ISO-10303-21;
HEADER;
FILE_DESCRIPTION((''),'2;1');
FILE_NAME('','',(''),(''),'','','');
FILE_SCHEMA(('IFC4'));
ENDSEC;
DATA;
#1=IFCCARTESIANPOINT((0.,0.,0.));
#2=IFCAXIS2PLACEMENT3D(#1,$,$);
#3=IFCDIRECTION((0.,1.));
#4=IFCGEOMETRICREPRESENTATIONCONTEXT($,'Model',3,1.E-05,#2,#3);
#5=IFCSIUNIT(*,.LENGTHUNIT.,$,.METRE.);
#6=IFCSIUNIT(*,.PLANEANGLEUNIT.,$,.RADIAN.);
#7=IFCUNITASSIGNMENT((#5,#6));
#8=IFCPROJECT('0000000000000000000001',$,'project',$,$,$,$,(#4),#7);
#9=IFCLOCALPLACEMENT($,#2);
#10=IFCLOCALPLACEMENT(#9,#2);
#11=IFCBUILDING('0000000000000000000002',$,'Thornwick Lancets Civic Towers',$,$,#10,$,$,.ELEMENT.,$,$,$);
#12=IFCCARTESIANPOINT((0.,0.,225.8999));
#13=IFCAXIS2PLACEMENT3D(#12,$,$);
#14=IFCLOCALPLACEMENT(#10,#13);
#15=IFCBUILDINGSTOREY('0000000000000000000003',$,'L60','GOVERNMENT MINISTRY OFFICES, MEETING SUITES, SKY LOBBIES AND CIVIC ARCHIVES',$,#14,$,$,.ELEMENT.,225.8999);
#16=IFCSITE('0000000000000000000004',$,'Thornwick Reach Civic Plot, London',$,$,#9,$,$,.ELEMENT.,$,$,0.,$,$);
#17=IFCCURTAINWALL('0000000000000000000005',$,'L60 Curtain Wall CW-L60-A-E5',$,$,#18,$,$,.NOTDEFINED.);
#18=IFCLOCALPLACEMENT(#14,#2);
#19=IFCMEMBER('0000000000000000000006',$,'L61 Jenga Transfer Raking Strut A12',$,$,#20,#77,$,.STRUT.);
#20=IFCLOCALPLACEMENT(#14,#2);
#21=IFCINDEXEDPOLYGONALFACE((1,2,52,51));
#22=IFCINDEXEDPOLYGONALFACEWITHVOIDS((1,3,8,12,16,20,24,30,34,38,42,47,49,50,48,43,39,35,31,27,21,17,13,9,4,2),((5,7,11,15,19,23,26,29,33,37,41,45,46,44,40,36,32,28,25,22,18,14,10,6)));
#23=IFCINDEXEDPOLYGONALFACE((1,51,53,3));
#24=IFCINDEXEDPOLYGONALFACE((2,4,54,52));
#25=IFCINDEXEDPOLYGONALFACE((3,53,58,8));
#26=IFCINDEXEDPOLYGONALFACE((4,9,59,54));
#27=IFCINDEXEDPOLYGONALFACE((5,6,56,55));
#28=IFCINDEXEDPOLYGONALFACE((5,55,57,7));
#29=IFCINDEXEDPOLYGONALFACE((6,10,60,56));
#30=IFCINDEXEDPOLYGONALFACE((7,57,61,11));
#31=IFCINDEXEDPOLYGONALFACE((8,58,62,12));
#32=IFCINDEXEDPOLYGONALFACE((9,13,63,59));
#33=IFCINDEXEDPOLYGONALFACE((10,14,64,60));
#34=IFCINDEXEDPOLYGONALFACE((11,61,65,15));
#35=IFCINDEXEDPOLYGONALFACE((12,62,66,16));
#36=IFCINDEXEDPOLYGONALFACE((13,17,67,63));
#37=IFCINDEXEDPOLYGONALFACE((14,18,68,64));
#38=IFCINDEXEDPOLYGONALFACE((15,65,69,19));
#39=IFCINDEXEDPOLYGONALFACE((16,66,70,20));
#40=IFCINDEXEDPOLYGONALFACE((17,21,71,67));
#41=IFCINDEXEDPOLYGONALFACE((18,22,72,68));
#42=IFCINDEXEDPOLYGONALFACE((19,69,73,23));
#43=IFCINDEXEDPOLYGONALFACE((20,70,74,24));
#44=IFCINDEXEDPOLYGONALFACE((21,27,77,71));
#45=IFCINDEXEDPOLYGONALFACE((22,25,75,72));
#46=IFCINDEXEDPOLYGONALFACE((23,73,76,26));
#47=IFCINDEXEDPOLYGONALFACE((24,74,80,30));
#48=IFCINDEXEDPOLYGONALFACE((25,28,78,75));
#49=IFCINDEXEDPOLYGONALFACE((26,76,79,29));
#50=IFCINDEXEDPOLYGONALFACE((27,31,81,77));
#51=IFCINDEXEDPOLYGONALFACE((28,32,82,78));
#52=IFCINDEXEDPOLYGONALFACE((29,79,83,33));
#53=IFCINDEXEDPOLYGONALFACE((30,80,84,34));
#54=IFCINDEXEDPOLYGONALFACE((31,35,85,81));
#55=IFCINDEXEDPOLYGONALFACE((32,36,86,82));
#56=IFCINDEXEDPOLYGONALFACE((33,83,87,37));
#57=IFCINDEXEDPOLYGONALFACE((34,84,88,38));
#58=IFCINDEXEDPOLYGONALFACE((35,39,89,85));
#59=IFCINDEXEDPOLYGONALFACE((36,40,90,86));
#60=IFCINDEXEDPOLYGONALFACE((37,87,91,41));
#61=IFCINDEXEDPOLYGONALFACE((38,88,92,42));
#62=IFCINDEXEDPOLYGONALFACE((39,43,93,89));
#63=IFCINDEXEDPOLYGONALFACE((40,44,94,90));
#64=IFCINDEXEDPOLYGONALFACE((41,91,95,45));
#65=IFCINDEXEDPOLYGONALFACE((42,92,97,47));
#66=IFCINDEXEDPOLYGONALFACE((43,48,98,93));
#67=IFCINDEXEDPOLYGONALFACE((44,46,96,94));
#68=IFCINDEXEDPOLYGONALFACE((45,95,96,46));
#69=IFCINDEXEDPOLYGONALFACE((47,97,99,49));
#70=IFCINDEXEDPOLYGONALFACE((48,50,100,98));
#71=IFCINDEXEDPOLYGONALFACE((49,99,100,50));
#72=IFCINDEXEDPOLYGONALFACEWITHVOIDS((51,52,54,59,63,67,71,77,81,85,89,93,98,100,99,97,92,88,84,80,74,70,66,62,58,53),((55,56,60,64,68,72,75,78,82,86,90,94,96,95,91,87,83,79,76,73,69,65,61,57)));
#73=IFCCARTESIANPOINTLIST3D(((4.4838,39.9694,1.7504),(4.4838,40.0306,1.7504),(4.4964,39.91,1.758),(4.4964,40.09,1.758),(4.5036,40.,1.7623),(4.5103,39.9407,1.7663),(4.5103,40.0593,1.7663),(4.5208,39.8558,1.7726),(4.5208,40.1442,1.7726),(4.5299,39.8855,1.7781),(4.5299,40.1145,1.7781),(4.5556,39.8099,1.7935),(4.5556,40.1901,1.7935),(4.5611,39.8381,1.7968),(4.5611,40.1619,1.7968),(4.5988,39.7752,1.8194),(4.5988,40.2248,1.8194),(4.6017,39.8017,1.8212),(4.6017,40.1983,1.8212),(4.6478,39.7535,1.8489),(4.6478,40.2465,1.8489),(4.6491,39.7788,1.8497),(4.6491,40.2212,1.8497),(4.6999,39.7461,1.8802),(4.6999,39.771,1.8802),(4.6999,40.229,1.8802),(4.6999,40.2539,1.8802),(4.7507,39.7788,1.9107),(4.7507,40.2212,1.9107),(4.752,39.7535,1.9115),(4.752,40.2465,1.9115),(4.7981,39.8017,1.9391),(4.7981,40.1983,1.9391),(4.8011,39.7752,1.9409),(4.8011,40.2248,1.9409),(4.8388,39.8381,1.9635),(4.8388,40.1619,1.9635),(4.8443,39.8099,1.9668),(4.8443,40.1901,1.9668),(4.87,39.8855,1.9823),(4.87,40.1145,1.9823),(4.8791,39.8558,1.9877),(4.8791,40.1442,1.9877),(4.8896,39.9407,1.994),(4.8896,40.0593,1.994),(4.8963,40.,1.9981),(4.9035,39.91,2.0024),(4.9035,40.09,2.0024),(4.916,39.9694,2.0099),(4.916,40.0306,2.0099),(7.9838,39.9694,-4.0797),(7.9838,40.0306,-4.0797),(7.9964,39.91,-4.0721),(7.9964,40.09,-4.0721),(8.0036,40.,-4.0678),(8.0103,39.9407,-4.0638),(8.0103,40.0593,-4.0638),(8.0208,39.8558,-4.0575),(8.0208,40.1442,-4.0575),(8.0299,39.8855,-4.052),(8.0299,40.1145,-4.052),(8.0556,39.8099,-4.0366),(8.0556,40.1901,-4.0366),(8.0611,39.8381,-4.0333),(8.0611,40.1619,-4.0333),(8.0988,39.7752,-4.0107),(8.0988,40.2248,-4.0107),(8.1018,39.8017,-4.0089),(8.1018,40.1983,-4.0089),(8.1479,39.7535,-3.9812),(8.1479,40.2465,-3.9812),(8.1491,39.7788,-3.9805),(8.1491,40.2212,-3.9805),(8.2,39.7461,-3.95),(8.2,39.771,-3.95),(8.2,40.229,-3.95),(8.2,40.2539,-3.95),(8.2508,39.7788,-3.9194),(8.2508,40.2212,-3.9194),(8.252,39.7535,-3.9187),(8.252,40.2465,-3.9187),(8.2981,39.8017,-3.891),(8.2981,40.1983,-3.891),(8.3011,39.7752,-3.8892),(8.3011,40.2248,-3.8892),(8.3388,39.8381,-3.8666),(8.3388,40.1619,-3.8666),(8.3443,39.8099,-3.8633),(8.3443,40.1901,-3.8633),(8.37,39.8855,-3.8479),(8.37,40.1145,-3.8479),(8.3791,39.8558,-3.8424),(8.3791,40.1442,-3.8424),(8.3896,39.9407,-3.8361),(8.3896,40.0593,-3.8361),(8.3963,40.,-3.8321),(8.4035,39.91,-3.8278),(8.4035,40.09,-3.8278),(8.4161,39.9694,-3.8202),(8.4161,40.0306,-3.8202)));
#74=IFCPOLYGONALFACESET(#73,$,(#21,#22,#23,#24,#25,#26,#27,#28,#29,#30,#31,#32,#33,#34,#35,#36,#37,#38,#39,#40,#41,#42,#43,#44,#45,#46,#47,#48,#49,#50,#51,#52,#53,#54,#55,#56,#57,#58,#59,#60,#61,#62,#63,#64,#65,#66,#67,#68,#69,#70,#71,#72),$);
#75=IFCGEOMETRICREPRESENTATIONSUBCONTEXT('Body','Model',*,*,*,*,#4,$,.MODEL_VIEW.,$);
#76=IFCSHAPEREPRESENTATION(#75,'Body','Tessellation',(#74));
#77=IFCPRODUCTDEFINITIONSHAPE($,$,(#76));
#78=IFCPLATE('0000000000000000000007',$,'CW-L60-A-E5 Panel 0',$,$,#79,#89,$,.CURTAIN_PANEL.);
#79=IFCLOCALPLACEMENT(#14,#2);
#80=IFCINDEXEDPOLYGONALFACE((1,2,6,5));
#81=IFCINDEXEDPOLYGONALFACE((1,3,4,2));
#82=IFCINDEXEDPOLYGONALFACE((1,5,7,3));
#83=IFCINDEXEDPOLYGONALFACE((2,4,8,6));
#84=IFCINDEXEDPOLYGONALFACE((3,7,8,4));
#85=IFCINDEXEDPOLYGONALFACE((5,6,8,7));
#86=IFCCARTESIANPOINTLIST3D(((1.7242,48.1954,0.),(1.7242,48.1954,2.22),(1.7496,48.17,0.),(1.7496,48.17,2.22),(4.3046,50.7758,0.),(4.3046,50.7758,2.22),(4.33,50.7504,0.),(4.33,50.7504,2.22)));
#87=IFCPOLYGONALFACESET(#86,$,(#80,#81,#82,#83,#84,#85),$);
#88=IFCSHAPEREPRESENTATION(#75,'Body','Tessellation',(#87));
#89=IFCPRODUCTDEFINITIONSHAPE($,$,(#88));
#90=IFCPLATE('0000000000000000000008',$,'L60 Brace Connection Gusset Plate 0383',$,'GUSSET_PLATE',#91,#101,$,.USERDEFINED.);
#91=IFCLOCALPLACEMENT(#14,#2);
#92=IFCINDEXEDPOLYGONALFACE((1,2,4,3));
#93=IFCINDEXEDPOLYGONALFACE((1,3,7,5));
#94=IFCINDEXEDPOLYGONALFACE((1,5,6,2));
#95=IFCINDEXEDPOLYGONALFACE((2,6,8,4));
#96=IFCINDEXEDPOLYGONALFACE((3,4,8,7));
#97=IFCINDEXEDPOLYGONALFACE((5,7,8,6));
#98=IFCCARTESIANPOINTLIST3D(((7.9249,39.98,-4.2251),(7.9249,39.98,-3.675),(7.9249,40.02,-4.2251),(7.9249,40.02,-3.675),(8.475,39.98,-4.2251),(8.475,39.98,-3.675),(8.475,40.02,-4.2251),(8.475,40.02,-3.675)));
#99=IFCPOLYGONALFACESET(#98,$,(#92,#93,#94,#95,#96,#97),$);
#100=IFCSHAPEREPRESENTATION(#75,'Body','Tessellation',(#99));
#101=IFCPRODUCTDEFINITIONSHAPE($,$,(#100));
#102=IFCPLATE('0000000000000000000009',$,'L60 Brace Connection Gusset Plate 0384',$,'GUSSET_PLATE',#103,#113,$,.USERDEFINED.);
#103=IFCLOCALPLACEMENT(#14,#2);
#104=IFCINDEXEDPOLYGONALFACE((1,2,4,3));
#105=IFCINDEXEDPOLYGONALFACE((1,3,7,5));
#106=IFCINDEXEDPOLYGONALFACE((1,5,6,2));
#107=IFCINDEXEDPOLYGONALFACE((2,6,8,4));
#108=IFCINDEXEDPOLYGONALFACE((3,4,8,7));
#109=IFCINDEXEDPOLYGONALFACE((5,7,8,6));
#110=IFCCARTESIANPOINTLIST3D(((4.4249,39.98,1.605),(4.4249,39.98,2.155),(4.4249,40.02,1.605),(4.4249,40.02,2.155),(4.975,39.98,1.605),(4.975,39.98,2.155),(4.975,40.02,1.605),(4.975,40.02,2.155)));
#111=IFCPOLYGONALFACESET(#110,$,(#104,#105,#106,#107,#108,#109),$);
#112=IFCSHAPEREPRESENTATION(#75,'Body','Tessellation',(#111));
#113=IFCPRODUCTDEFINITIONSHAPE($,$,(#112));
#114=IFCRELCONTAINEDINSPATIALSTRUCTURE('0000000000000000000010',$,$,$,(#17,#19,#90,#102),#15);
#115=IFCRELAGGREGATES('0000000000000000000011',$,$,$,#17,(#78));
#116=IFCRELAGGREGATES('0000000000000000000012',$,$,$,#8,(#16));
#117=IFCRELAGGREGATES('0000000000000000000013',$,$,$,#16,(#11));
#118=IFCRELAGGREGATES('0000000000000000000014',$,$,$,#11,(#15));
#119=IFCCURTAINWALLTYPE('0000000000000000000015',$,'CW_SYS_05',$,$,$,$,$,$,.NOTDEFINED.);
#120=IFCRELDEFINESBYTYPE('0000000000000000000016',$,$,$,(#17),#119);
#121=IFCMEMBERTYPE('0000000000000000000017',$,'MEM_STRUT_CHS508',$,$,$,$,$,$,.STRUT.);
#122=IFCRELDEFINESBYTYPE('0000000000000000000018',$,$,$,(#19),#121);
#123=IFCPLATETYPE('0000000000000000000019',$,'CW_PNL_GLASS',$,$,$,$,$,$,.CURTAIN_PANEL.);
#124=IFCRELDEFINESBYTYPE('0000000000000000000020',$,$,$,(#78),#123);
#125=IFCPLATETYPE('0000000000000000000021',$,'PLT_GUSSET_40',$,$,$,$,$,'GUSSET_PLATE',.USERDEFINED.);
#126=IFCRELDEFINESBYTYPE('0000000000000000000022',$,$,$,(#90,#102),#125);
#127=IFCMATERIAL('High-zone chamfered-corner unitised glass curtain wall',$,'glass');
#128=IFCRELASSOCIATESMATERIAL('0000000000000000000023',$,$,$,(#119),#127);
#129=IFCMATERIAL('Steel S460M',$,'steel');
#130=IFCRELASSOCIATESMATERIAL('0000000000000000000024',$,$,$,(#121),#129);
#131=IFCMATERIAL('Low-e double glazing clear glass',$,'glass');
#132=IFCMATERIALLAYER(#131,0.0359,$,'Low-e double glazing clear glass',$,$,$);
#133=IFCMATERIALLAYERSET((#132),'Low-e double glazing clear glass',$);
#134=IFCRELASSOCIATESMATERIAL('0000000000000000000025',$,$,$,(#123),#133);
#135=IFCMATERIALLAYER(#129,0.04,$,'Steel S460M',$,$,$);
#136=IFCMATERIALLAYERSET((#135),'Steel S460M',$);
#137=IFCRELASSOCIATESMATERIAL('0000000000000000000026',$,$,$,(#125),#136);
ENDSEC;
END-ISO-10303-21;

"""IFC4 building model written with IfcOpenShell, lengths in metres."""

from ifc_helpers import new_model, si_unit, direction, frame, origin, origin_2d, place, context, subcontext, project, spatial, rectangle, hollow_circle, extrude, material, layer, layer_set, material_profile, profile_set, type_object, element, aggregate, save


model = new_model("IFC4")

# Units and contexts
model_context = context("Model", 3, precision=1e-05, world=origin(), true_north=direction((0.0, 1.0)))
body_context = subcontext(model_context, "Body", "Model", "MODEL_VIEW")
ifc_project = project(units=[si_unit("LENGTHUNIT", "METRE"), si_unit("PLANEANGLEUNIT", "RADIAN")], contexts=[model_context])

# Site, building, storey
site_placement = place(None, origin())
site = spatial("IfcSite", under=ifc_project, at=site_placement, Name="Thornwick Reach Civic Plot, London", CompositionType="ELEMENT", RefElevation=0.0)
building_placement = place(site_placement, origin())
building = spatial("IfcBuilding", under=site, at=building_placement, Name="Thornwick Lancets Civic Towers", CompositionType="ELEMENT")
storey_placement = place(building_placement, frame((0.0, 0.0, 225.8999)))
storey = spatial("IfcBuildingStorey", under=building, at=storey_placement, Name="L60", Description="GOVERNMENT MINISTRY OFFICES, MEETING SUITES, SKY LOBBIES AND CIVIC ARCHIVES", CompositionType="ELEMENT", Elevation=225.8999)

# Curtain wall
ifc_material_1 = material(Name="High-zone chamfered-corner unitised glass curtain wall", Category="glass")
curtain_wall_type = type_object("IfcCurtainWallType", Name="CW_SYS_05", PredefinedType="NOTDEFINED", material=ifc_material_1)
curtain_wall_placement = place(storey_placement, origin())
curtain_wall = element("IfcCurtainWall", 1, at=curtain_wall_placement, inside=storey, type_object=curtain_wall_type, Name="L60 Curtain Wall CW-L60-A-E5", PredefinedType="NOTDEFINED")

# Member
ifc_material_2 = material(Name="Steel S460M", Category="steel")
ifc_material_profile_1 = material_profile(ifc_material_2, hollow_circle(Radius=0.2539, WallThickness=0.0249, at=origin_2d()), Name="CHS 508x25")
ifc_profile_set_1 = profile_set([ifc_material_profile_1], Name="Steel S460M")
member_type_1 = type_object("IfcMemberType", Name="MEM_STRUT_CHS508", PredefinedType="STRUT", material=ifc_profile_set_1)
member_1_placement = place(storey_placement, frame((8.2, 40.0, -3.95), z_axis=(-0.514707, 0.0, 0.857366), x_axis=(0.0, -1.0, 0.0)))
element("IfcMember", 2, at=member_1_placement, inside=storey, type_object=member_type_1, Name="L61 Jenga Transfer Raking Strut A12", PredefinedType="STRUT", context=body_context, shape_type="SweptSolid", body=[
    extrude(hollow_circle(Radius=0.2539, WallThickness=0.0249, at=origin_2d()), origin(), (0.0, 0.0, 1.0), 6.8),
])

# Plate
ifc_material_3 = material(Name="Low-e double glazing clear glass", Category="glass")
ifc_layer_1 = layer(ifc_material_3, 0.0359, Name="Low-e double glazing clear glass")
ifc_layer_set_1 = layer_set([ifc_layer_1], Name="Low-e double glazing clear glass")
plate_type_1 = type_object("IfcPlateType", Name="CW_PNL_GLASS", PredefinedType="CURTAIN_PANEL", material=ifc_layer_set_1)
plate_placement = place(storey_placement, frame((3.0271, 49.4729, 0.0), z_axis=(0.0, 0.0, 1.0), x_axis=(-0.707107, -0.707107, 0.0)))
plate = element("IfcPlate", 3, at=plate_placement, type_object=plate_type_1, Name="CW-L60-A-E5 Panel 0", PredefinedType="CURTAIN_PANEL", context=body_context, shape_type="SweptSolid", body=[
    extrude(rectangle(XDim=3.6492, YDim=0.0359, at=origin_2d()), origin(), (0.0, 0.0, 1.0), 2.22),
])
aggregate(curtain_wall, [plate])

# Plates
ifc_layer_2 = layer(ifc_material_2, 0.04, Name="Steel S460M")
ifc_layer_set_2 = layer_set([ifc_layer_2], Name="Steel S460M")
plate_type_2 = type_object("IfcPlateType", Name="PLT_GUSSET_40", ElementType="GUSSET_PLATE", PredefinedType="USERDEFINED", material=ifc_layer_set_2)
for number, where, z_axis, x_axis, name in (
    (4, (8.2, 40.0, -4.2251), (0.0, 0.0, 1.0), (-1.0, 0.0, 0.0), "L60 Brace Connection Gusset Plate 0383"),
    (5, (4.7, 40.0, 1.605), (0.0, 0.0, 1.0), (-1.0, 0.0, 0.0), "L60 Brace Connection Gusset Plate 0384"),
):
    element("IfcPlate", number, at=place(storey_placement, frame(where, z_axis=z_axis, x_axis=x_axis)), inside=storey, type_object=plate_type_2, Name=name, ObjectType="GUSSET_PLATE", PredefinedType="USERDEFINED", context=body_context, shape_type="SweptSolid", body=[
        extrude(rectangle(XDim=0.55, YDim=0.04, at=origin_2d()), origin(), (0.0, 0.0, 1.0), 0.55),
    ])

save(model, "model.ifc")
